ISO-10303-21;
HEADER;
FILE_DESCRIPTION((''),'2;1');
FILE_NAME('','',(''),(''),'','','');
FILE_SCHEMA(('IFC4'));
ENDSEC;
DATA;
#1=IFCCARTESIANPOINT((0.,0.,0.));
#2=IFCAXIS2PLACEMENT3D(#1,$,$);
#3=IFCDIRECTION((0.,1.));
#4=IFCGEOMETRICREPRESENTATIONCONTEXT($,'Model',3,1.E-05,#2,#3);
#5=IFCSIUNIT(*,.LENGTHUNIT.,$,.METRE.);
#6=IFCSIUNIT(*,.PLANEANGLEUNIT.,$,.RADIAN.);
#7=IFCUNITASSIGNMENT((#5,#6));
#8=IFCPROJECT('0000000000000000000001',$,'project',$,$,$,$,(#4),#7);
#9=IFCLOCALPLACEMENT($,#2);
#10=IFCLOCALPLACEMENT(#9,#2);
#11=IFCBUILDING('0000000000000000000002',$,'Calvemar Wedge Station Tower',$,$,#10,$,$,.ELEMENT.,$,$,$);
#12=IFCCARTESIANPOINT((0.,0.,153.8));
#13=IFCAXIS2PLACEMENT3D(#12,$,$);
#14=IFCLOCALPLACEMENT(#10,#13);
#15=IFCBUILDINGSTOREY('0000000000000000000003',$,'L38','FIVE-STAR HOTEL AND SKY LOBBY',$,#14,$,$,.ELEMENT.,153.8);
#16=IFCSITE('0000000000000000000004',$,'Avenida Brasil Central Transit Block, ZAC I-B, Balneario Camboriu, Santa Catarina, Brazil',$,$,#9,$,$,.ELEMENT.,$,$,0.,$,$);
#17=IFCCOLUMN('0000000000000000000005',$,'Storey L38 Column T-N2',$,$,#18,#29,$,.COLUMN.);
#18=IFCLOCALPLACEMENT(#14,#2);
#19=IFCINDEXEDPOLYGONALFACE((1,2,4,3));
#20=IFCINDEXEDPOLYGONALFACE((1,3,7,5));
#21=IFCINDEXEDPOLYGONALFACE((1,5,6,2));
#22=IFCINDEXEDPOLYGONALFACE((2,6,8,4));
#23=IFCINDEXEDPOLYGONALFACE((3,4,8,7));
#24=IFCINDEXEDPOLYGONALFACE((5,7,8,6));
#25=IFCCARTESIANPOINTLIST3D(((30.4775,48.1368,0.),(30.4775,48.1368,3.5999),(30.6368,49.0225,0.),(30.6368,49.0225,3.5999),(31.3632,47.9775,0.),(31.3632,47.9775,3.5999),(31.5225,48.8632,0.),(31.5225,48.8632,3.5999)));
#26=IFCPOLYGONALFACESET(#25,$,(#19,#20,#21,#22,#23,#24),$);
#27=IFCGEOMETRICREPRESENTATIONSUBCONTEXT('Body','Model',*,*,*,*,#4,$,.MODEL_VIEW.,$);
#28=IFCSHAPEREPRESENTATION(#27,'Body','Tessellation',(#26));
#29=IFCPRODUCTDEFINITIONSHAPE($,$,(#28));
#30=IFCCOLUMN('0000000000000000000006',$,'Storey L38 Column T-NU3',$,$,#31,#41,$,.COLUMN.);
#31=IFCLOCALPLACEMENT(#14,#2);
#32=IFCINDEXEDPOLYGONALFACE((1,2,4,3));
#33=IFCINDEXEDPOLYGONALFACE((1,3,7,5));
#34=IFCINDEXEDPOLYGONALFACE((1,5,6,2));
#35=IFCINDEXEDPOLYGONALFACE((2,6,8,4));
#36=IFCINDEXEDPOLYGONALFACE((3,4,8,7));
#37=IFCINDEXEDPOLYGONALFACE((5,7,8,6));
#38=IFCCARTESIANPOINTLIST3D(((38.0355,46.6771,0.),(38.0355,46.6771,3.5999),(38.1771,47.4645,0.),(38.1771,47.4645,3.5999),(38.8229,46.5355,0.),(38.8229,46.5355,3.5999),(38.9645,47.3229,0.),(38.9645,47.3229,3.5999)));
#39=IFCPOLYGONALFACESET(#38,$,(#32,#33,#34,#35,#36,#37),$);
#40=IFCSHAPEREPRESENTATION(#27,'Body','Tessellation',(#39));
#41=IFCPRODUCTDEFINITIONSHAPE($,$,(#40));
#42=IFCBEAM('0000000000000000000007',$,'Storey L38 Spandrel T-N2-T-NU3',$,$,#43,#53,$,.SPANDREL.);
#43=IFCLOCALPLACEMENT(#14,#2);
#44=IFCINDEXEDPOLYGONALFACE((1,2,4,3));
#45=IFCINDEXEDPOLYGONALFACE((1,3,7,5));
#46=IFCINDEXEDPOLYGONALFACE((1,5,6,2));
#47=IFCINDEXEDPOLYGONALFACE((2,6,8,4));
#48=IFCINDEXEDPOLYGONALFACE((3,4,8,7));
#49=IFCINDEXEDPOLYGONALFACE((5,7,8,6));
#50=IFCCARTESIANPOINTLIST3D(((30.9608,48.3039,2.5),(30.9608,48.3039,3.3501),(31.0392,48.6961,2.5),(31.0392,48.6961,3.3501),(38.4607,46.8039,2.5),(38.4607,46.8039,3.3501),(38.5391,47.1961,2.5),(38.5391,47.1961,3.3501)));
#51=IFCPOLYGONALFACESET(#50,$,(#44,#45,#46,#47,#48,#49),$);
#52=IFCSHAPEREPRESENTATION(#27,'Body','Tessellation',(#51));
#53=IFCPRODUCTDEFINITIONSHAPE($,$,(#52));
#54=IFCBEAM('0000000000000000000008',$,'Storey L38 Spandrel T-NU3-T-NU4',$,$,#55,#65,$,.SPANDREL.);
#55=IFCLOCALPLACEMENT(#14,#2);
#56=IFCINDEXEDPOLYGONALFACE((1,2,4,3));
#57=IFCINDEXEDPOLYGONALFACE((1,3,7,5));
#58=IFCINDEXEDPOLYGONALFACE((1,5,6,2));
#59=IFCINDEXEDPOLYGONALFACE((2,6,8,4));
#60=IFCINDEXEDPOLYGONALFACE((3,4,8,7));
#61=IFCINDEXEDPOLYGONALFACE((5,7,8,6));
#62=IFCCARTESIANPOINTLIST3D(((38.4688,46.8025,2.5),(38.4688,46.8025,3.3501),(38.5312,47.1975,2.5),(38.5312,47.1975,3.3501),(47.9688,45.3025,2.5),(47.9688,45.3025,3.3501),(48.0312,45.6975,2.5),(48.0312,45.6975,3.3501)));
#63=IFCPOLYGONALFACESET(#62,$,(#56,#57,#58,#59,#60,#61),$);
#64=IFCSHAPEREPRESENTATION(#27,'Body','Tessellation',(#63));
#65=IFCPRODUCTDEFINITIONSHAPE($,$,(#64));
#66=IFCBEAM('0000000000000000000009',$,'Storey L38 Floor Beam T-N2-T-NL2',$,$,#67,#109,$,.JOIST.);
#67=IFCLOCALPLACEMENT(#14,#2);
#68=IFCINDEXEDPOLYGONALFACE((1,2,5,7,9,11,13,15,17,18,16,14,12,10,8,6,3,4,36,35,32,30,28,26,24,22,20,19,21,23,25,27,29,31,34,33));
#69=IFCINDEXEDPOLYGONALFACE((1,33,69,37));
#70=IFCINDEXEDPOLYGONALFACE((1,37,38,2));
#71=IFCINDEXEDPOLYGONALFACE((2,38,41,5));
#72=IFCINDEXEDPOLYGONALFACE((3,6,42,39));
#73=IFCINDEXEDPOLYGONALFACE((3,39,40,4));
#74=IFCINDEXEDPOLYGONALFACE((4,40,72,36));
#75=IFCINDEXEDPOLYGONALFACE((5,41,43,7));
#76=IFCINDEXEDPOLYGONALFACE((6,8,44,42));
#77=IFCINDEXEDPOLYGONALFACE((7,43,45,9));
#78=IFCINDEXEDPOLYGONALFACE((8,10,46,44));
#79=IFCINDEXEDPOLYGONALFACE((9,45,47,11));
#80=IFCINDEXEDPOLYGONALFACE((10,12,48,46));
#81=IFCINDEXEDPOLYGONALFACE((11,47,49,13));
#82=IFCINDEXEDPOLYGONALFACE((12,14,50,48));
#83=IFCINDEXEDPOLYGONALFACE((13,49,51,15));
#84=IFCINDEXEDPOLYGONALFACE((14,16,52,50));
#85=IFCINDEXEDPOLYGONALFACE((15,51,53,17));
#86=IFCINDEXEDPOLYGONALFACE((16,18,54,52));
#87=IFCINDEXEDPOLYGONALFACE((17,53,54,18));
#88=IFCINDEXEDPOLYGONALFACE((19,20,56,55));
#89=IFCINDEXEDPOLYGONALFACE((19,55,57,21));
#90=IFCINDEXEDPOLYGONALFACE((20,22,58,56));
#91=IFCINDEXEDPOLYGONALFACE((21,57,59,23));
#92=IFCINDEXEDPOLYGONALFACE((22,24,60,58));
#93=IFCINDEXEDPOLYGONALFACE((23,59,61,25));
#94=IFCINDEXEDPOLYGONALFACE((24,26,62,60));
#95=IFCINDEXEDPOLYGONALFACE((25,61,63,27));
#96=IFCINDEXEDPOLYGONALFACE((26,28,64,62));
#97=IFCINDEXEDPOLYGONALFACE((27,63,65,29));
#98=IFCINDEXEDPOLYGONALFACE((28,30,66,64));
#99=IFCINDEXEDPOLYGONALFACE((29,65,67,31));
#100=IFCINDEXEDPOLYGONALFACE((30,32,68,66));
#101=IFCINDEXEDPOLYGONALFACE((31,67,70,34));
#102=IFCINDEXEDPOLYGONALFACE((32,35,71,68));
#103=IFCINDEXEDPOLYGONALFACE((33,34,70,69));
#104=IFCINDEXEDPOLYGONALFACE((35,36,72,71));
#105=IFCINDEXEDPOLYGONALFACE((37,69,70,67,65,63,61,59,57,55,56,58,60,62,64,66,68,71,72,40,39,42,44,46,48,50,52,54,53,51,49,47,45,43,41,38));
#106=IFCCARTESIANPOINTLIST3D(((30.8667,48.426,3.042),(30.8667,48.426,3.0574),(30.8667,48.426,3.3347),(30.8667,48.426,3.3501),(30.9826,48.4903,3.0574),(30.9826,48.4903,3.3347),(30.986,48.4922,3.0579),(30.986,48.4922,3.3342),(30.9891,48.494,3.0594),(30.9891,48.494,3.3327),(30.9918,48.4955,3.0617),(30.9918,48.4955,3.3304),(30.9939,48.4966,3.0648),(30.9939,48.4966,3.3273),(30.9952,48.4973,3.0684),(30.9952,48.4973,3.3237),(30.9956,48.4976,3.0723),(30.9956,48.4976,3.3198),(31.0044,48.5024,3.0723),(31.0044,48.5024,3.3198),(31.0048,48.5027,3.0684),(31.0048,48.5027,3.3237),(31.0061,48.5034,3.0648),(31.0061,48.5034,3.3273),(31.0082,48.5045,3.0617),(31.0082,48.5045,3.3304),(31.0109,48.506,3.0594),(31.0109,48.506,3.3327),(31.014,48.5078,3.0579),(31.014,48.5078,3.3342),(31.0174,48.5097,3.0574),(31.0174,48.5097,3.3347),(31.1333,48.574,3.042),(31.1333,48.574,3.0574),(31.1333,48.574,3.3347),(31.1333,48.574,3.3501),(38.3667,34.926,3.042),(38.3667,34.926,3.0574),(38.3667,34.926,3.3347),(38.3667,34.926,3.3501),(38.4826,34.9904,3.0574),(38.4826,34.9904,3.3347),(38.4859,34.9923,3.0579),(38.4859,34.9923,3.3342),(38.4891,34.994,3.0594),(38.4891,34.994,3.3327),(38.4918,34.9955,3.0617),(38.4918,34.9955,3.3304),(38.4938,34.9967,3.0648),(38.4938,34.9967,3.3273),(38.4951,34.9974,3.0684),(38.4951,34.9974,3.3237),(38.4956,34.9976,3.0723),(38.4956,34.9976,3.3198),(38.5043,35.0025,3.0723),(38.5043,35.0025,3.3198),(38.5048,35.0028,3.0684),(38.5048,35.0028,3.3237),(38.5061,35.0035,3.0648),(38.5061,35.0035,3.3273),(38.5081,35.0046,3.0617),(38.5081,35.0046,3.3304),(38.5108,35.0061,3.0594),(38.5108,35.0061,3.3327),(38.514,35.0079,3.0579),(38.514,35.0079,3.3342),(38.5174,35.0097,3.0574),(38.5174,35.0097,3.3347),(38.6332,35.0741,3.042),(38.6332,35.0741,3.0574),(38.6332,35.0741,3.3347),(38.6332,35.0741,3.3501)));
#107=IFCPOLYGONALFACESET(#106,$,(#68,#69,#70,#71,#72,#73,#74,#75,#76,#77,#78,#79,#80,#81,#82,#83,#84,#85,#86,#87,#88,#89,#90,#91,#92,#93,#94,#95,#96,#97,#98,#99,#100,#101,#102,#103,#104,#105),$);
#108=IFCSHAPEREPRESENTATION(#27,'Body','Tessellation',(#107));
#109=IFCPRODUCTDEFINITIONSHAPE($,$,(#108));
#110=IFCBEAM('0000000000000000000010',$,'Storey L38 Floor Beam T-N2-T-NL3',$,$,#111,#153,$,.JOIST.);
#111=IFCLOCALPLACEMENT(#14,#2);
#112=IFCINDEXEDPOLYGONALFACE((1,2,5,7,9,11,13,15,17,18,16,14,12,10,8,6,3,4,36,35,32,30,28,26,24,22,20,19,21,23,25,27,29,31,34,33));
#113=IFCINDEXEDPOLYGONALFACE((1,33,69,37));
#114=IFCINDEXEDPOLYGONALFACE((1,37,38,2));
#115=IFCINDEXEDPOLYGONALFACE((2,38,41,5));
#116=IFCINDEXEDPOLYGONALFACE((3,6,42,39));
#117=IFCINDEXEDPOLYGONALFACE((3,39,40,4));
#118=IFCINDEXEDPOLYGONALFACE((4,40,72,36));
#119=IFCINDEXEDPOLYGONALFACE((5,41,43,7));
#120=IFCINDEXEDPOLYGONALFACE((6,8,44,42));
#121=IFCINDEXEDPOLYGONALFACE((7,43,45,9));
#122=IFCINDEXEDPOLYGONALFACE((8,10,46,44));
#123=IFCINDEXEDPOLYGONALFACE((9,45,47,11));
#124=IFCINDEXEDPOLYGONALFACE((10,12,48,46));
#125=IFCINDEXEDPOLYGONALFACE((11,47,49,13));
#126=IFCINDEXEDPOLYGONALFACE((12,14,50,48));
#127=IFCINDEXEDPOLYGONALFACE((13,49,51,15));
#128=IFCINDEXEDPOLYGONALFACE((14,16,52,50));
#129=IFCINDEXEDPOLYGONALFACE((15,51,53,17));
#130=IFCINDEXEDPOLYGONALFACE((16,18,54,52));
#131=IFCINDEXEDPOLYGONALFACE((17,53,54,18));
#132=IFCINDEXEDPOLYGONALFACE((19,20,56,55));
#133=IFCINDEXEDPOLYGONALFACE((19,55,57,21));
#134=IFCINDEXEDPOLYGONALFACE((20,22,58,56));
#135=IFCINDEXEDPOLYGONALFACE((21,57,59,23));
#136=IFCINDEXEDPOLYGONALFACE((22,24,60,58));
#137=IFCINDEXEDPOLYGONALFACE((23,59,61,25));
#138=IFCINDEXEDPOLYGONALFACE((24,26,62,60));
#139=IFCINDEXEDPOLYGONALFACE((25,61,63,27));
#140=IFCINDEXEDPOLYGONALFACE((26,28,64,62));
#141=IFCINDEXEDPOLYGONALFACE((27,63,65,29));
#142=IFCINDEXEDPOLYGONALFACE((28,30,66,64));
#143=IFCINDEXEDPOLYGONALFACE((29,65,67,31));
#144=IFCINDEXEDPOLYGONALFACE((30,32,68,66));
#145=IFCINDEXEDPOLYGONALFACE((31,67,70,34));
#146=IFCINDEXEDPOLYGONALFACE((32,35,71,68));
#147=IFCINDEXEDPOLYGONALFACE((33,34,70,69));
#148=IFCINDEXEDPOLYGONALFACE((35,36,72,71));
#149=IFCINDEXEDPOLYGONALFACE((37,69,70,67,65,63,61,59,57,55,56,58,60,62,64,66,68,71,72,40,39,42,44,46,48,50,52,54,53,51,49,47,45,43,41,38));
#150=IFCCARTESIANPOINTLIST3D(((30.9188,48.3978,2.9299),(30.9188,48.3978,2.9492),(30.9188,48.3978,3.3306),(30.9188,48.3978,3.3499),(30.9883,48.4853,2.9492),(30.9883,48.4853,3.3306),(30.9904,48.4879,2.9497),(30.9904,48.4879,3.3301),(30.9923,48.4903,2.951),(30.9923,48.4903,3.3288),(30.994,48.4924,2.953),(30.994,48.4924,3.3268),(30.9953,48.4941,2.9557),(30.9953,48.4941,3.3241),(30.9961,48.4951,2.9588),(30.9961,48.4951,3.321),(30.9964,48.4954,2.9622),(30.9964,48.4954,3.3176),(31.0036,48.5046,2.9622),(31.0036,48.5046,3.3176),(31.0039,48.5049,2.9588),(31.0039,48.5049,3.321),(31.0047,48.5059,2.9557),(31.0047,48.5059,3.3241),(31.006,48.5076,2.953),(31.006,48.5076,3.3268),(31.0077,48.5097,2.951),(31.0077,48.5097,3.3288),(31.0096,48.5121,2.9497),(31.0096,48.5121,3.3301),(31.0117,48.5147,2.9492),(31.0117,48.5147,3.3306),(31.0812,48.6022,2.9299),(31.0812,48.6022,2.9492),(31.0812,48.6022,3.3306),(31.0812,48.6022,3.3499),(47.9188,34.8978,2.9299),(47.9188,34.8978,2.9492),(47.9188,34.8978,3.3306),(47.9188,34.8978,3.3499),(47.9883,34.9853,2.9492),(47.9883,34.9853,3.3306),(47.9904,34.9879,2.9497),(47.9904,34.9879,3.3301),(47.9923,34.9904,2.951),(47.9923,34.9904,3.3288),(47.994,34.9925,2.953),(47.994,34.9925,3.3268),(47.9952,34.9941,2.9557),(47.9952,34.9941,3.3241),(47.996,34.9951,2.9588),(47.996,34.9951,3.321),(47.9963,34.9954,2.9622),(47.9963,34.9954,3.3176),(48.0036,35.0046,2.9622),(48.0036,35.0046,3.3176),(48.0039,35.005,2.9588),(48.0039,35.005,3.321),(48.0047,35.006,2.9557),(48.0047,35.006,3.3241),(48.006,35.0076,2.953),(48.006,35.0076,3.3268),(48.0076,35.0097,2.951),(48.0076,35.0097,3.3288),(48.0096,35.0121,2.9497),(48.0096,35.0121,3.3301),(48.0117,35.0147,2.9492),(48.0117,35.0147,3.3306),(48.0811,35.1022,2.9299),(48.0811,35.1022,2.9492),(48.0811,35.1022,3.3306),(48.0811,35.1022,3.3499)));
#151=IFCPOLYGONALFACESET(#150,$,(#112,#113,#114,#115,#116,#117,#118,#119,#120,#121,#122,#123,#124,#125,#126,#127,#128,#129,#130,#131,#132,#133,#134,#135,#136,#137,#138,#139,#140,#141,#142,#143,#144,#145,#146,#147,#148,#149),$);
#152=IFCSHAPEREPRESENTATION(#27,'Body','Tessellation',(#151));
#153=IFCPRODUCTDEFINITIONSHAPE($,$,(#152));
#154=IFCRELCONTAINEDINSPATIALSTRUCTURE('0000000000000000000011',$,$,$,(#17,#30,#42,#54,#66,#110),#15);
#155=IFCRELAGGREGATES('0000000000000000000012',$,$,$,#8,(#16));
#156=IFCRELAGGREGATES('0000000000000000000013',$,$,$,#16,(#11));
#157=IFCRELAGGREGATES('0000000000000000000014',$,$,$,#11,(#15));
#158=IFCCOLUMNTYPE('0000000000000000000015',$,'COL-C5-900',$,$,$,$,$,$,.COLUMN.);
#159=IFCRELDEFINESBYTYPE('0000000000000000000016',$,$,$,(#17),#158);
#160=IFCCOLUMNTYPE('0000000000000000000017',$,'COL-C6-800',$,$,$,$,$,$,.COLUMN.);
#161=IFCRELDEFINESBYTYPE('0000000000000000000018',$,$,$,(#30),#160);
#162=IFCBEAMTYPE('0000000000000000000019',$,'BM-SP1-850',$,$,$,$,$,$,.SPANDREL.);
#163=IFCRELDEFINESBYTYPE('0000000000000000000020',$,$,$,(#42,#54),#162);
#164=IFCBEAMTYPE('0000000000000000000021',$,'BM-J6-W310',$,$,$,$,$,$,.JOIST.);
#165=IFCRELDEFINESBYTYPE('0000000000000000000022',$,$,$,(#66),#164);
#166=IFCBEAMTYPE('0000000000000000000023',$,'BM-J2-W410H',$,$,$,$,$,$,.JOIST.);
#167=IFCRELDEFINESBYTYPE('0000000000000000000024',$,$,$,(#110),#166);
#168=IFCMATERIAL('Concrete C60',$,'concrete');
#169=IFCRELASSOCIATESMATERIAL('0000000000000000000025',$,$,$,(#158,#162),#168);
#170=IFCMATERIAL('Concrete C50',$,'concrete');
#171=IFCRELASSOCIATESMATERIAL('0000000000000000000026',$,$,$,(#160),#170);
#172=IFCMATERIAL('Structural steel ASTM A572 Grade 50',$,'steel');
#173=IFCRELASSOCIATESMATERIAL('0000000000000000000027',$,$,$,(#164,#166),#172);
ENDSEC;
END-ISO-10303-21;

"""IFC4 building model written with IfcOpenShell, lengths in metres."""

from ifc_helpers import new_model, si_unit, direction, frame, origin, origin_2d, place, context, subcontext, project, spatial, rectangle, i_section, extrude, source, transform, mapped, material, material_profile, profile_set, type_object, element, save


model = new_model("IFC4")

# Units and contexts
model_context = context("Model", 3, precision=1e-05, world=origin(), true_north=direction((0.0, 1.0)))
body_context = subcontext(model_context, "Body", "Model", "MODEL_VIEW")
ifc_project = project(units=[si_unit("LENGTHUNIT", "METRE"), si_unit("PLANEANGLEUNIT", "RADIAN")], contexts=[model_context])

# Site, building, storey
site_placement = place(None, origin())
site = spatial("IfcSite", under=ifc_project, at=site_placement, Name="Avenida Brasil Central Transit Block, ZAC I-B, Balneario Camboriu, Santa Catarina, Brazil", CompositionType="ELEMENT", RefElevation=0.0)
building_placement = place(site_placement, origin())
building = spatial("IfcBuilding", under=site, at=building_placement, Name="Calvemar Wedge Station Tower", CompositionType="ELEMENT")
storey_placement = place(building_placement, frame((0.0, 0.0, 153.8)))
storey = spatial("IfcBuildingStorey", under=building, at=storey_placement, Name="L38", Description="FIVE-STAR HOTEL AND SKY LOBBY", CompositionType="ELEMENT", Elevation=153.8)

# Columns
ifc_material_1 = material(Name="Concrete C60", Category="concrete")
ifc_material_profile_1 = material_profile(ifc_material_1, rectangle(XDim=0.8999, YDim=0.8999, at=origin_2d()), Name="RC900x900")
ifc_profile_set_1 = profile_set([ifc_material_profile_1], Name="Concrete C60")
column_type_1 = type_object("IfcColumnType", Name="COL-C5-900", PredefinedType="COLUMN", material=ifc_profile_set_1)
shared_shape_1 = source(origin(), body_context, "Body", "SweptSolid", [
    extrude(rectangle(XDim=0.8999, YDim=0.8999, at=origin_2d()), origin(), (0.0, 0.0, 1.0), 3.5999),
])
column_1_placement = place(storey_placement, frame((31.0, 48.5, 0.0), z_axis=(0.0, 0.0, 1.0), x_axis=(0.984196, -0.177085, 0.0)))
element("IfcColumn", 1, at=column_1_placement, inside=storey, type_object=column_type_1, Name="Storey L38 Column T-N2", PredefinedType="COLUMN", context=body_context, shape_type="MappedRepresentation", body=[
    mapped(shared_shape_1, transform((0.0, 0.0, 0.0), scale=1.0)),
])
ifc_material_2 = material(Name="Concrete C50", Category="concrete")
ifc_material_profile_2 = material_profile(ifc_material_2, rectangle(XDim=0.8, YDim=0.8, at=origin_2d()), Name="RC800x800")
ifc_profile_set_2 = profile_set([ifc_material_profile_2], Name="Concrete C50")
column_type_2 = type_object("IfcColumnType", Name="COL-C6-800", PredefinedType="COLUMN", material=ifc_profile_set_2)
shared_shape_2 = source(origin(), body_context, "Body", "SweptSolid", [
    extrude(rectangle(XDim=0.8, YDim=0.8, at=origin_2d()), origin(), (0.0, 0.0, 1.0), 3.5999),
])
column_2_placement = place(storey_placement, frame((38.5, 47.0, 0.0), z_axis=(0.0, 0.0, 1.0), x_axis=(0.984196, -0.177085, 0.0)))
element("IfcColumn", 2, at=column_2_placement, inside=storey, type_object=column_type_2, Name="Storey L38 Column T-NU3", PredefinedType="COLUMN", context=body_context, shape_type="MappedRepresentation", body=[
    mapped(shared_shape_2, transform((0.0, 0.0, 0.0), scale=1.0)),
])

# Beams
ifc_material_profile_3 = material_profile(ifc_material_1, rectangle(XDim=0.3999, YDim=0.8501, at=origin_2d()), Name="RC400x850")
ifc_profile_set_3 = profile_set([ifc_material_profile_3], Name="Concrete C60")
beam_type_1 = type_object("IfcBeamType", Name="BM-SP1-850", PredefinedType="SPANDREL", material=ifc_profile_set_3)
shared_shape_3 = source(origin(), body_context, "Body", "SweptSolid", [
    extrude(rectangle(XDim=0.3999, YDim=0.8501, at=origin_2d()), origin(), (0.0, 0.0, 1.0), 7.6484),
])
beam_1_placement = place(storey_placement, frame((31.0, 48.5, 2.925), z_axis=(0.980581, -0.196116, 0.0), x_axis=(0.196116, 0.980581, 0.0)))
element("IfcBeam", 3, at=beam_1_placement, inside=storey, type_object=beam_type_1, Name="Storey L38 Spandrel T-N2-T-NU3", PredefinedType="SPANDREL", context=body_context, shape_type="MappedRepresentation", body=[
    mapped(shared_shape_3, transform((0.0, 0.0, 0.0), scale=1.0)),
])
shared_shape_4 = source(origin(), body_context, "Body", "SweptSolid", [
    extrude(rectangle(XDim=0.3999, YDim=0.8501, at=origin_2d()), origin(), (0.0, 0.0, 1.0), 9.6177),
])
beam_2_placement = place(storey_placement, frame((38.5, 47.0, 2.925), z_axis=(0.987763, -0.155963, 0.0), x_axis=(0.155963, 0.987763, 0.0)))
element("IfcBeam", 4, at=beam_2_placement, inside=storey, type_object=beam_type_1, Name="Storey L38 Spandrel T-NU3-T-NU4", PredefinedType="SPANDREL", context=body_context, shape_type="MappedRepresentation", body=[
    mapped(shared_shape_4, transform((0.0, 0.0, 0.0), scale=1.0)),
])
ifc_material_3 = material(Name="Structural steel ASTM A572 Grade 50", Category="steel")
ifc_material_profile_4 = material_profile(ifc_material_3, i_section(OverallWidth=0.3049, OverallDepth=0.3081, WebThickness=0.01, FlangeThickness=0.0154, FilletRadius=0.0149, at=origin_2d()), Name="W310x97")
ifc_profile_set_4 = profile_set([ifc_material_profile_4], Name="Structural steel ASTM A572 Grade 50")
beam_type_2 = type_object("IfcBeamType", Name="BM-J6-W310", PredefinedType="JOIST", material=ifc_profile_set_4)
shared_shape_5 = source(origin(), body_context, "Body", "SweptSolid", [
    extrude(i_section(OverallWidth=0.3049, OverallDepth=0.3081, WebThickness=0.01, FlangeThickness=0.0154, FilletRadius=0.0149, at=origin_2d()), origin(), (0.0, 0.0, 1.0), 15.4434),
])
beam_3_placement = place(storey_placement, frame((31.0, 48.5, 3.196), z_axis=(0.485643, -0.874157, 0.0), x_axis=(0.874157, 0.485643, 0.0)))
element("IfcBeam", 5, at=beam_3_placement, inside=storey, type_object=beam_type_2, Name="Storey L38 Floor Beam T-N2-T-NL2", PredefinedType="JOIST", context=body_context, shape_type="MappedRepresentation", body=[
    mapped(shared_shape_5, transform((0.0, 0.0, 0.0), scale=1.0)),
])
ifc_material_profile_5 = material_profile(ifc_material_3, i_section(OverallWidth=0.261, OverallDepth=0.4199, WebThickness=0.0117, FlangeThickness=0.0193, FilletRadius=0.0129, at=origin_2d()), Name="W410x114")
ifc_profile_set_5 = profile_set([ifc_material_profile_5], Name="Structural steel ASTM A572 Grade 50")
beam_type_3 = type_object("IfcBeamType", Name="BM-J2-W410H", PredefinedType="JOIST", material=ifc_profile_set_5)
shared_shape_6 = source(origin(), body_context, "Body", "SweptSolid", [
    extrude(i_section(OverallWidth=0.261, OverallDepth=0.4199, WebThickness=0.0117, FlangeThickness=0.0193, FilletRadius=0.0129, at=origin_2d()), origin(), (0.0, 0.0, 1.0), 21.7083),
])
beam_4_placement = place(storey_placement, frame((31.0, 48.5, 3.1399), z_axis=(0.783111, -0.621882, 0.0), x_axis=(0.621882, 0.783111, 0.0)))
element("IfcBeam", 6, at=beam_4_placement, inside=storey, type_object=beam_type_3, Name="Storey L38 Floor Beam T-N2-T-NL3", PredefinedType="JOIST", context=body_context, shape_type="MappedRepresentation", body=[
    mapped(shared_shape_6, transform((0.0, 0.0, 0.0), scale=1.0)),
])

save(model, "model.ifc")
